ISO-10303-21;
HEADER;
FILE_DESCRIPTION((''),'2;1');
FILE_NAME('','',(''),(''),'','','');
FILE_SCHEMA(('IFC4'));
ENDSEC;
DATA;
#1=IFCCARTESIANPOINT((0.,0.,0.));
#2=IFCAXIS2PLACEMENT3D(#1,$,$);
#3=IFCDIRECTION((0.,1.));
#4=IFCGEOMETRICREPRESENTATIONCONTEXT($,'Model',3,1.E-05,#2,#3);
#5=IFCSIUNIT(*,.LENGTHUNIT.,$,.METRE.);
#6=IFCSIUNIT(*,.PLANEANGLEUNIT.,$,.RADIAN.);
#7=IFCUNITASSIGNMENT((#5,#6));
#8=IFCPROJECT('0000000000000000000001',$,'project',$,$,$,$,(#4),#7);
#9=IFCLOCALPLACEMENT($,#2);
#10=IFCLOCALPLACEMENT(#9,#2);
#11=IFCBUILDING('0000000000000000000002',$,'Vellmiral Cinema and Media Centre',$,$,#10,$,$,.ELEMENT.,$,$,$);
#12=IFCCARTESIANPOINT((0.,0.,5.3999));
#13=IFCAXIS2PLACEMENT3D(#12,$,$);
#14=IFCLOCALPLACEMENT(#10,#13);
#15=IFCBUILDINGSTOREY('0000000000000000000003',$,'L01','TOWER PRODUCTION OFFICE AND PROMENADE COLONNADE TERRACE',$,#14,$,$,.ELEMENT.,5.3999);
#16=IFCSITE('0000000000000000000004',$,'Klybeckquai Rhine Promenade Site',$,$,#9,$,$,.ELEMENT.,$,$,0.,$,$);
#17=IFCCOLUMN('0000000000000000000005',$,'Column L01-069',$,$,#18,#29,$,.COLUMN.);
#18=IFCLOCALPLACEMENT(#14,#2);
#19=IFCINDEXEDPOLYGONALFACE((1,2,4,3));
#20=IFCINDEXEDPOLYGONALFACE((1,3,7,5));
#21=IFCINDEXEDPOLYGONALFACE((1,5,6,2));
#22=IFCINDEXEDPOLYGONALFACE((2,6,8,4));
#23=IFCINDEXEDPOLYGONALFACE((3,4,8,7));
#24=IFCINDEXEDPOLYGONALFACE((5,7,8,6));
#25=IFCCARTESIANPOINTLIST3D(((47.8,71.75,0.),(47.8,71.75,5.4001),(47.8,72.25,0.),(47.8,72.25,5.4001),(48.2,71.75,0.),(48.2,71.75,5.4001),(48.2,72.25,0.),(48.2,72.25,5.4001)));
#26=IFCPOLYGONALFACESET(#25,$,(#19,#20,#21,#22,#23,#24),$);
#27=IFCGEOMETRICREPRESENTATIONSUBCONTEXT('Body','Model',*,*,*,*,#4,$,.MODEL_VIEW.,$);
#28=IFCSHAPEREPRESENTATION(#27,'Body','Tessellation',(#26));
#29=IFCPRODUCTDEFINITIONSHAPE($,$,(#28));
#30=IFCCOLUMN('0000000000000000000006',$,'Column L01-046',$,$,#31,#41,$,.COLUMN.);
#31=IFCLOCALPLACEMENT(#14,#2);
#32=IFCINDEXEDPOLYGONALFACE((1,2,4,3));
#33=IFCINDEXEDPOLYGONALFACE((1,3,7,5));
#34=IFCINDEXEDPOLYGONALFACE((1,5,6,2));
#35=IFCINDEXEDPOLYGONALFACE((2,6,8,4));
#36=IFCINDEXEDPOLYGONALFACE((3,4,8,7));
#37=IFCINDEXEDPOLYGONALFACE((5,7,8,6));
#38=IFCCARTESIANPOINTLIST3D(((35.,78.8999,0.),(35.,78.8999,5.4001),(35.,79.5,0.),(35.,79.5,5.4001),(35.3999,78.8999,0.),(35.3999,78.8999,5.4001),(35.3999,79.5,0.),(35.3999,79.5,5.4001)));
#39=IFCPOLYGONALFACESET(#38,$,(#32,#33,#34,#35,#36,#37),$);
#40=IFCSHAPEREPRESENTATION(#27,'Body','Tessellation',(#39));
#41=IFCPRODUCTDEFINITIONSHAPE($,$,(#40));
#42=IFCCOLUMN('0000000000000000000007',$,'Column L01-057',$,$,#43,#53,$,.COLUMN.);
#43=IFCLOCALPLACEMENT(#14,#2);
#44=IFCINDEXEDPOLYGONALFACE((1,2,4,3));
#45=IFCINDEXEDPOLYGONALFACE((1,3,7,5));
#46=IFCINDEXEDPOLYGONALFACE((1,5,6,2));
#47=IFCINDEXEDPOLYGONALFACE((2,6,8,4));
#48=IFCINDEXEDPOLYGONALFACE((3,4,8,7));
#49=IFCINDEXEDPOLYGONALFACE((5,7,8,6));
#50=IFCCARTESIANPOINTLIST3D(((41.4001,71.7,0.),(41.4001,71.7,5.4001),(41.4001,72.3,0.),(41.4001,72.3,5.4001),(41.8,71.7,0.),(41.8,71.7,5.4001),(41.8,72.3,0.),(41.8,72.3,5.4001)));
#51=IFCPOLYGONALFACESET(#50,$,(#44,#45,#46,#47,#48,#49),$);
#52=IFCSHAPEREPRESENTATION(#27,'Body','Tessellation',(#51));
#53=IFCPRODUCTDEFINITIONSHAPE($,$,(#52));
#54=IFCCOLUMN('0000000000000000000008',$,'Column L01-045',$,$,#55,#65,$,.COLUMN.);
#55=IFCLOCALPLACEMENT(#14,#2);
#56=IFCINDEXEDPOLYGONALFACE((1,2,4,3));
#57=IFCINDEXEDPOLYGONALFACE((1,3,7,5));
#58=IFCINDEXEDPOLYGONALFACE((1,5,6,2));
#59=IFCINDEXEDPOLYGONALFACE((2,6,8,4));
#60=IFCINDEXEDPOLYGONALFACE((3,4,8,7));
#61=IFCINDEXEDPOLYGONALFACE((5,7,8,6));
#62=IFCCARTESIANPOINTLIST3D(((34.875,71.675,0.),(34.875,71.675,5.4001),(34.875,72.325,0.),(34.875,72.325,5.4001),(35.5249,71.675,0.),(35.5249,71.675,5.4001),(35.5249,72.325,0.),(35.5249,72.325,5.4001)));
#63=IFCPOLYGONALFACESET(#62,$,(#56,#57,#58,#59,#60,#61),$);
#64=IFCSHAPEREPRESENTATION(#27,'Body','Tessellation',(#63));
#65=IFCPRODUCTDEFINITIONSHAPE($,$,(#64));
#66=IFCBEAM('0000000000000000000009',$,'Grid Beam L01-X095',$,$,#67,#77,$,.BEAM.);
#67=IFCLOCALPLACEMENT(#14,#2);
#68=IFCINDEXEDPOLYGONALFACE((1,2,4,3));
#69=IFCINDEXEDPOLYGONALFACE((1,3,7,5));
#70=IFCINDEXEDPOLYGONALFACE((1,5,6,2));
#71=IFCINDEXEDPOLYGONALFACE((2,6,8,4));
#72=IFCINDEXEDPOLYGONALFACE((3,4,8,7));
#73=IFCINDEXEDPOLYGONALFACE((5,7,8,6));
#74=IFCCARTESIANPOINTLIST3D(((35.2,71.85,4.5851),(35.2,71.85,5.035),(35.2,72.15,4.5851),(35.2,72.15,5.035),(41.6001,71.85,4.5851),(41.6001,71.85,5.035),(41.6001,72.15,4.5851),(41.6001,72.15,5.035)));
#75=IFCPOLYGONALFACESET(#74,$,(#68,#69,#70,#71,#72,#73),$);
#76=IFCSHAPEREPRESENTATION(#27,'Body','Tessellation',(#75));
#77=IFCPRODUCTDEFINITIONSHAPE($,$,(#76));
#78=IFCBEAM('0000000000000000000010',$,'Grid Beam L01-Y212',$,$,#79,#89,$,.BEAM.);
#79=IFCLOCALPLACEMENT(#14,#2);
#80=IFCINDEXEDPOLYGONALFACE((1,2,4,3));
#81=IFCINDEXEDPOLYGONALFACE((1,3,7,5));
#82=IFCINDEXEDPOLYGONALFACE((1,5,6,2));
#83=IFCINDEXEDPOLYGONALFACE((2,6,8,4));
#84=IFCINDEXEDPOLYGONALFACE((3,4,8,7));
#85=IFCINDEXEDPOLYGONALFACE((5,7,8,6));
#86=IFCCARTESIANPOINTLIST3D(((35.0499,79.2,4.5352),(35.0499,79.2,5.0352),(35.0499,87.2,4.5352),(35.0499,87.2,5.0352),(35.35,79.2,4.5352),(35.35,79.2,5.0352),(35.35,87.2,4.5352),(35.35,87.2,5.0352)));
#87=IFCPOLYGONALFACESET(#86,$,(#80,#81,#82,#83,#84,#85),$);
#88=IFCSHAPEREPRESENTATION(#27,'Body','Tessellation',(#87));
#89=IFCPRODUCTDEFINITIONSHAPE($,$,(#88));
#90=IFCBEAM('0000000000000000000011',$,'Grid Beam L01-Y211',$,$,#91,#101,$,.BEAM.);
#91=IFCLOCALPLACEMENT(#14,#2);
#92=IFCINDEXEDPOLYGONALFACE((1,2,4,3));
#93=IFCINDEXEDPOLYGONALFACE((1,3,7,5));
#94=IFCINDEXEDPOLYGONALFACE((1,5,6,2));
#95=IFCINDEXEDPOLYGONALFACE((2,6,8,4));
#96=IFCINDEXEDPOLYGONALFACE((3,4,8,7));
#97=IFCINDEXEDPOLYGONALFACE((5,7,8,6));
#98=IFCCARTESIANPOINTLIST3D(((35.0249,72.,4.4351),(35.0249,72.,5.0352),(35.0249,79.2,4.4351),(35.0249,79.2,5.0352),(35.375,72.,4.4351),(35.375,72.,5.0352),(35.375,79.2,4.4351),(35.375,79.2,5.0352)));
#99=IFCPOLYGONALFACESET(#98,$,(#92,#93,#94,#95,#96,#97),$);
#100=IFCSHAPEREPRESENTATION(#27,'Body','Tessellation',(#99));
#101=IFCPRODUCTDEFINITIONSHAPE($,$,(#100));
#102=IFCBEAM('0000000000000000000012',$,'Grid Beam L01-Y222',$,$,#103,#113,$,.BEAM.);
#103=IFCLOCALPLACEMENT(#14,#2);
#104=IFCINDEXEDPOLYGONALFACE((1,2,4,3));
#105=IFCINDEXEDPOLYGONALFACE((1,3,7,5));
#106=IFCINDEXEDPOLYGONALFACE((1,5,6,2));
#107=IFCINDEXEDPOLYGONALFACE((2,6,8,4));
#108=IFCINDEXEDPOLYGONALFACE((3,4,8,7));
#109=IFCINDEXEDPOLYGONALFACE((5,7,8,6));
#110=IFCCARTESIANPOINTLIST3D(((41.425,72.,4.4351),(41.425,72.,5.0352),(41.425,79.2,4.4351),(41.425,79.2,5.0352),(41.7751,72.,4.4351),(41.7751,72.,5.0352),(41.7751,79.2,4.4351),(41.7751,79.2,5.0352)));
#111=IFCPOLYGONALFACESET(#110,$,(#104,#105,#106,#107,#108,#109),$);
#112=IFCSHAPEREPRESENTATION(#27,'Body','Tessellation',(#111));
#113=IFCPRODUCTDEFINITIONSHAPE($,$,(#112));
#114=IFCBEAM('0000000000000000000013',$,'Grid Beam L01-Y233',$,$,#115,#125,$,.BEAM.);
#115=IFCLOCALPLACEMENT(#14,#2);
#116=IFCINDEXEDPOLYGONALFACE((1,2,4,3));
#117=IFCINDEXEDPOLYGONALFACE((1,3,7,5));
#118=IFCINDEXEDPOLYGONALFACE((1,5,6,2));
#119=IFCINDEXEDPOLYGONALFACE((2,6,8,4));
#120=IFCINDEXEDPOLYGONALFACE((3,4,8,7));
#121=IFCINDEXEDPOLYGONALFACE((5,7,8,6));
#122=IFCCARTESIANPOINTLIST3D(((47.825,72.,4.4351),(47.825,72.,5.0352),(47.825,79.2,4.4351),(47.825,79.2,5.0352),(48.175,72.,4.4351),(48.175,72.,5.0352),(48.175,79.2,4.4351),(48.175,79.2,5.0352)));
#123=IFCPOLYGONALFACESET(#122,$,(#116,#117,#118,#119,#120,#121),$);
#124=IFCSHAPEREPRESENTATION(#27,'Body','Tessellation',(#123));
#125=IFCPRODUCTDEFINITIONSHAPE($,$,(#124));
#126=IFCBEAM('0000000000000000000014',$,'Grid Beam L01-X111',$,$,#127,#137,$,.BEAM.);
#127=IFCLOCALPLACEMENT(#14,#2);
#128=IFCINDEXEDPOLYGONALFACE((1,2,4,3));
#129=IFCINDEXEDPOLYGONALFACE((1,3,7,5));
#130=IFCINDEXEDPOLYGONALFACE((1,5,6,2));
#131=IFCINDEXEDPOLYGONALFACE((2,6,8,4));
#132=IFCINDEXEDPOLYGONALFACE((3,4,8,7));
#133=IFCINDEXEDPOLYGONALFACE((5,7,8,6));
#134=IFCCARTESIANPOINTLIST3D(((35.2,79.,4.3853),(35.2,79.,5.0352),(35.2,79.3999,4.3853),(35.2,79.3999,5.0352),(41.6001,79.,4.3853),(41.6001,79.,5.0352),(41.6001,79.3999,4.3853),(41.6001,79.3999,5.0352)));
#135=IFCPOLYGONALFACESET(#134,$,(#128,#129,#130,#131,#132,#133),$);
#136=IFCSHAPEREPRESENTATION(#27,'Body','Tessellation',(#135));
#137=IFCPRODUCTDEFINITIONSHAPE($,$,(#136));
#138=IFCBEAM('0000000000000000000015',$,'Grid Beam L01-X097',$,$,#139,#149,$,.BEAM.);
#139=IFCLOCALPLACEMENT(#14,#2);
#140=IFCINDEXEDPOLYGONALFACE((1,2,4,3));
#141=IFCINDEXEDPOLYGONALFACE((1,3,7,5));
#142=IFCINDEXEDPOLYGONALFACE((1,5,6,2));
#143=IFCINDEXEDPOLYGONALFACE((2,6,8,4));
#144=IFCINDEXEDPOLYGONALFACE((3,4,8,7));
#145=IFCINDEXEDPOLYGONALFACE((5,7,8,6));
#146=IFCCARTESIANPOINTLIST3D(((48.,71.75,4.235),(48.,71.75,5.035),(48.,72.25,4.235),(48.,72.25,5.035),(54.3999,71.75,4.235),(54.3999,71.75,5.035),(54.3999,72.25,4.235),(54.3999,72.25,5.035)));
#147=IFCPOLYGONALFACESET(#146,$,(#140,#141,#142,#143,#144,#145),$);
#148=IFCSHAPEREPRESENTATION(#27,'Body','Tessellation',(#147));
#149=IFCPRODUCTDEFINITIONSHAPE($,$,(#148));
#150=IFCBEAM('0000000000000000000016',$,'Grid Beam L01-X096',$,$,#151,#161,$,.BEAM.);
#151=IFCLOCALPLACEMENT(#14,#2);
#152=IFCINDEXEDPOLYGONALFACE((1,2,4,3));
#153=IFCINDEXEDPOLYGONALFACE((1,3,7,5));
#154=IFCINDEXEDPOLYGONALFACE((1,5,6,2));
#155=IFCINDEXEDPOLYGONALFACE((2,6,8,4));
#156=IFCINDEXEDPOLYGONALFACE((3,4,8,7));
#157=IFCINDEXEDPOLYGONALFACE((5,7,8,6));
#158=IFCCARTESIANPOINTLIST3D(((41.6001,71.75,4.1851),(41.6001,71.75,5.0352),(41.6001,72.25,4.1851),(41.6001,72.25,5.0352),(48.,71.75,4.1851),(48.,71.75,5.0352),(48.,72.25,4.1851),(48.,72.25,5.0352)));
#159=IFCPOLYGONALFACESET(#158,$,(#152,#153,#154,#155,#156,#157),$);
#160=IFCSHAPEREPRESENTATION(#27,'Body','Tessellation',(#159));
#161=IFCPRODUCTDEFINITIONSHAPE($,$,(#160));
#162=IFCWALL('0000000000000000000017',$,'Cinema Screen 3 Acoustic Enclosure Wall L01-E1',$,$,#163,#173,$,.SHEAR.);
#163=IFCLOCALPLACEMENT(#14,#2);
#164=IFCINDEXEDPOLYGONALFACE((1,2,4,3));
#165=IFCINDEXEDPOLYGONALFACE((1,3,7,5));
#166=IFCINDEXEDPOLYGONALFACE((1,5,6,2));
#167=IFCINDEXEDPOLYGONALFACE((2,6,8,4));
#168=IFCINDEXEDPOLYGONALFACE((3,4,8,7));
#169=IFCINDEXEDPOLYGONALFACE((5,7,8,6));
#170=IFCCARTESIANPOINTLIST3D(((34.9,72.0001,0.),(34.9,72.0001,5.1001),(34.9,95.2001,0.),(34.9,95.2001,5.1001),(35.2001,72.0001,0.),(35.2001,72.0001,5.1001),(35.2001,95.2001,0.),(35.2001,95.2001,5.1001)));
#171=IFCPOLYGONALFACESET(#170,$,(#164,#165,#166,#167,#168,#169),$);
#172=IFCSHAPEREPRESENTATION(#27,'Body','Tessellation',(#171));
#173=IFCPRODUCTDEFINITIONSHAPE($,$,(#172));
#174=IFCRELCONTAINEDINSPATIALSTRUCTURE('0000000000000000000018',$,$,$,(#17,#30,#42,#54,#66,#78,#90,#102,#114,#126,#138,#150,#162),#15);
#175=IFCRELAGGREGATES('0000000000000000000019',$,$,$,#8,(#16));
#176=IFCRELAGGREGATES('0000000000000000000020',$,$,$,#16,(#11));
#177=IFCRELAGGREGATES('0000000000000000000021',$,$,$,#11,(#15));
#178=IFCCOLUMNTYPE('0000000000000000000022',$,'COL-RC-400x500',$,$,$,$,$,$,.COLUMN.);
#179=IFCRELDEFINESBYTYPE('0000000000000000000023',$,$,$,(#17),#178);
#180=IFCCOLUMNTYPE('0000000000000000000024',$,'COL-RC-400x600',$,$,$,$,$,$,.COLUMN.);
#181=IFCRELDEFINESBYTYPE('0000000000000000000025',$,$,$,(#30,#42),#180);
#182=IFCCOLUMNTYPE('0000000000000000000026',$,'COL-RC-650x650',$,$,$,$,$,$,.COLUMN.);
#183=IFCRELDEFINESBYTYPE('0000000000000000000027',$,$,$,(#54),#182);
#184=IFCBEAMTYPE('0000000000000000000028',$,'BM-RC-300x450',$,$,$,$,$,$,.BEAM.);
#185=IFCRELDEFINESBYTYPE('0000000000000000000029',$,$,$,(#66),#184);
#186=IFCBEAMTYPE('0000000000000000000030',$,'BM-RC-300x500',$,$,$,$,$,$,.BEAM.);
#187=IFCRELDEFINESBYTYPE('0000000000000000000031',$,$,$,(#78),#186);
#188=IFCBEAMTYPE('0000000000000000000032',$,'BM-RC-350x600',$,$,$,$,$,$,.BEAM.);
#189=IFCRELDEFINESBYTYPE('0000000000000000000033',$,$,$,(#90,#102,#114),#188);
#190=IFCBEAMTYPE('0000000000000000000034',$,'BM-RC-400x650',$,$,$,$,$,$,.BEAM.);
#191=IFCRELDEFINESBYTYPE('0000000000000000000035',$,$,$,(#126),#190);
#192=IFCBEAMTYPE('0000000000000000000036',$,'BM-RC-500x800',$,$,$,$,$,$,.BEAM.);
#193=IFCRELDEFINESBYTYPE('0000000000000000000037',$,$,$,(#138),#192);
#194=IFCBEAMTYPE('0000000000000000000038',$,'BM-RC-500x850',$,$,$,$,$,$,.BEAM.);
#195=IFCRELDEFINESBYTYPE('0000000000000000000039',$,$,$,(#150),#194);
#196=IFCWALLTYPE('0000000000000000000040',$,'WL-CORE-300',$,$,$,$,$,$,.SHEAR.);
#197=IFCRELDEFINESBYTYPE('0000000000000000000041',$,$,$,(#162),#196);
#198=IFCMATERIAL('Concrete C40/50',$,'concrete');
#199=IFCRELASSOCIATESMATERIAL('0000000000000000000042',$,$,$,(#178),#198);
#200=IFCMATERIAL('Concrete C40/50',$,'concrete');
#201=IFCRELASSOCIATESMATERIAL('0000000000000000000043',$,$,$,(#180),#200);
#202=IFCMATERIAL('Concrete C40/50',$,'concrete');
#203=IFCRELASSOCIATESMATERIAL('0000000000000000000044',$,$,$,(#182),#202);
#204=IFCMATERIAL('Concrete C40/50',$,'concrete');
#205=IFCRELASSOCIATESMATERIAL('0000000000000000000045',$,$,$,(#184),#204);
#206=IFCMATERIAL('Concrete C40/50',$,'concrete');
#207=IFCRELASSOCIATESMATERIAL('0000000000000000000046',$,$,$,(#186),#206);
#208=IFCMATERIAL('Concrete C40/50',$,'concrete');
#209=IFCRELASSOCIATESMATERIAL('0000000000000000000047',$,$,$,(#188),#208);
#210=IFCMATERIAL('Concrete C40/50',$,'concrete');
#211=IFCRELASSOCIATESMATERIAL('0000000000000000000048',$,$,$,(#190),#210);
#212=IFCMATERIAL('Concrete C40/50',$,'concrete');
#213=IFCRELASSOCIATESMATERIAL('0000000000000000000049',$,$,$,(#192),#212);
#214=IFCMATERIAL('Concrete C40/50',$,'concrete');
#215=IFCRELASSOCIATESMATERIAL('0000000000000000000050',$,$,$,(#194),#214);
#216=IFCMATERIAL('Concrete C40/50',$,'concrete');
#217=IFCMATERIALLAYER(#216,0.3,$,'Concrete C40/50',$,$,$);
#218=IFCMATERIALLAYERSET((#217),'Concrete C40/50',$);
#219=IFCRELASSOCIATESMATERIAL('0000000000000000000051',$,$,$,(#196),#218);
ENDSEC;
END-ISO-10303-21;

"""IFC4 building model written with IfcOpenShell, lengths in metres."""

from ifc_helpers import new_model, si_unit, direction, frame, frame_2d, origin, origin_2d, place, context, subcontext, project, spatial, rectangle, extrude, material, layer, layer_set, material_profile, profile_set, type_object, element, save


model = new_model("IFC4")

# Units and contexts
model_context = context("Model", 3, precision=1e-05, world=origin(), true_north=direction((0.0, 1.0)))
body_context = subcontext(model_context, "Body", "Model", "MODEL_VIEW")
ifc_project = project(units=[si_unit("LENGTHUNIT", "METRE"), si_unit("PLANEANGLEUNIT", "RADIAN")], contexts=[model_context])

# Site, building, storey
site_placement = place(None, origin())
site = spatial("IfcSite", under=ifc_project, at=site_placement, Name="Klybeckquai Rhine Promenade Site", CompositionType="ELEMENT", RefElevation=0.0)
building_placement = place(site_placement, origin())
building = spatial("IfcBuilding", under=site, at=building_placement, Name="Vellmiral Cinema and Media Centre", CompositionType="ELEMENT")
storey_placement = place(building_placement, frame((0.0, 0.0, 5.3999)))
storey = spatial("IfcBuildingStorey", under=building, at=storey_placement, Name="L01", Description="TOWER PRODUCTION OFFICE AND PROMENADE COLONNADE TERRACE", CompositionType="ELEMENT", Elevation=5.3999)

# Columns
ifc_material_1 = material(Name="Concrete C40/50", Category="concrete")
ifc_material_profile_1 = material_profile(ifc_material_1, rectangle(XDim=0.3999, YDim=0.5, at=origin_2d()), Name="RC 400x500")
ifc_profile_set_1 = profile_set([ifc_material_profile_1], Name="Concrete C40/50")
column_type_1 = type_object("IfcColumnType", Name="COL-RC-400x500", PredefinedType="COLUMN", material=ifc_profile_set_1)
column_1_placement = place(storey_placement, frame((48.0, 72.0, 0.0), z_axis=(0.0, 0.0, 1.0), x_axis=(1.0, 0.0, 0.0)))
element("IfcColumn", 1, at=column_1_placement, inside=storey, type_object=column_type_1, Name="Column L01-069", PredefinedType="COLUMN", context=body_context, shape_type="SweptSolid", body=[
    extrude(rectangle(XDim=0.3999, YDim=0.5, at=origin_2d()), origin(), (0.0, 0.0, 1.0), 5.4001),
])
ifc_material_2 = material(Name="Concrete C40/50", Category="concrete")
ifc_material_profile_2 = material_profile(ifc_material_2, rectangle(XDim=0.3999, YDim=0.6001, at=origin_2d()), Name="RC 400x600")
ifc_profile_set_2 = profile_set([ifc_material_profile_2], Name="Concrete C40/50")
column_type_2 = type_object("IfcColumnType", Name="COL-RC-400x600", PredefinedType="COLUMN", material=ifc_profile_set_2)
for number, where, z_axis, x_axis, name in (
    (2, (35.2, 79.2, 0.0), (0.0, 0.0, 1.0), (1.0, 0.0, 0.0), "Column L01-046"),
    (3, (41.6001, 72.0, 0.0), (0.0, 0.0, 1.0), (1.0, 0.0, 0.0), "Column L01-057"),
):
    element("IfcColumn", number, at=place(storey_placement, frame(where, z_axis=z_axis, x_axis=x_axis)), inside=storey, type_object=column_type_2, Name=name, PredefinedType="COLUMN", context=body_context, shape_type="SweptSolid", body=[
        extrude(rectangle(XDim=0.3999, YDim=0.6001, at=origin_2d()), origin(), (0.0, 0.0, 1.0), 5.4001),
    ])
ifc_material_3 = material(Name="Concrete C40/50", Category="concrete")
ifc_material_profile_3 = material_profile(ifc_material_3, rectangle(XDim=0.6499, YDim=0.6499, at=origin_2d()), Name="RC 650x650")
ifc_profile_set_3 = profile_set([ifc_material_profile_3], Name="Concrete C40/50")
column_type_3 = type_object("IfcColumnType", Name="COL-RC-650x650", PredefinedType="COLUMN", material=ifc_profile_set_3)
column_2_placement = place(storey_placement, frame((35.2, 72.0, 0.0), z_axis=(0.0, 0.0, 1.0), x_axis=(1.0, 0.0, 0.0)))
element("IfcColumn", 4, at=column_2_placement, inside=storey, type_object=column_type_3, Name="Column L01-045", PredefinedType="COLUMN", context=body_context, shape_type="SweptSolid", body=[
    extrude(rectangle(XDim=0.6499, YDim=0.6499, at=origin_2d()), origin(), (0.0, 0.0, 1.0), 5.4001),
])

# Beams
ifc_material_4 = material(Name="Concrete C40/50", Category="concrete")
ifc_material_profile_4 = material_profile(ifc_material_4, rectangle(XDim=0.3, YDim=0.45, at=origin_2d()), Name="RC 300x450")
ifc_profile_set_4 = profile_set([ifc_material_profile_4], Name="Concrete C40/50")
beam_type_1 = type_object("IfcBeamType", Name="BM-RC-300x450", PredefinedType="BEAM", material=ifc_profile_set_4)
beam_1_placement = place(storey_placement, frame((35.2, 72.0, 4.8101), z_axis=(1.0, 0.0, 0.0), x_axis=(0.0, 1.0, 0.0)))
element("IfcBeam", 5, at=beam_1_placement, inside=storey, type_object=beam_type_1, Name="Grid Beam L01-X095", PredefinedType="BEAM", context=body_context, shape_type="SweptSolid", body=[
    extrude(rectangle(XDim=0.3, YDim=0.45, at=origin_2d()), origin(), (0.0, 0.0, 1.0), 6.4001),
])
ifc_material_5 = material(Name="Concrete C40/50", Category="concrete")
ifc_material_profile_5 = material_profile(ifc_material_5, rectangle(XDim=0.3, YDim=0.5, at=origin_2d()), Name="RC 300x500")
ifc_profile_set_5 = profile_set([ifc_material_profile_5], Name="Concrete C40/50")
beam_type_2 = type_object("IfcBeamType", Name="BM-RC-300x500", PredefinedType="BEAM", material=ifc_profile_set_5)
beam_2_placement = place(storey_placement, frame((35.2, 79.2, 4.7852), z_axis=(0.0, 1.0, 0.0), x_axis=(-1.0, 0.0, 0.0)))
element("IfcBeam", 6, at=beam_2_placement, inside=storey, type_object=beam_type_2, Name="Grid Beam L01-Y212", PredefinedType="BEAM", context=body_context, shape_type="SweptSolid", body=[
    extrude(rectangle(XDim=0.3, YDim=0.5, at=origin_2d()), origin(), (0.0, 0.0, 1.0), 8.0),
])
ifc_material_6 = material(Name="Concrete C40/50", Category="concrete")
ifc_material_profile_6 = material_profile(ifc_material_6, rectangle(XDim=0.3501, YDim=0.6001, at=origin_2d()), Name="RC 350x600")
ifc_profile_set_6 = profile_set([ifc_material_profile_6], Name="Concrete C40/50")
beam_type_3 = type_object("IfcBeamType", Name="BM-RC-350x600", PredefinedType="BEAM", material=ifc_profile_set_6)
for number, where, z_axis, x_axis, name in (
    (7, (35.2, 72.0, 4.7351), (0.0, 1.0, 0.0), (-1.0, 0.0, 0.0), "Grid Beam L01-Y211"),
    (8, (41.6001, 72.0, 4.7351), (0.0, 1.0, 0.0), (-1.0, 0.0, 0.0), "Grid Beam L01-Y222"),
    (9, (48.0, 72.0, 4.7351), (0.0, 1.0, 0.0), (-1.0, 0.0, 0.0), "Grid Beam L01-Y233"),
):
    element("IfcBeam", number, at=place(storey_placement, frame(where, z_axis=z_axis, x_axis=x_axis)), inside=storey, type_object=beam_type_3, Name=name, PredefinedType="BEAM", context=body_context, shape_type="SweptSolid", body=[
        extrude(rectangle(XDim=0.3501, YDim=0.6001, at=origin_2d()), origin(), (0.0, 0.0, 1.0), 7.2),
    ])
ifc_material_7 = material(Name="Concrete C40/50", Category="concrete")
ifc_material_profile_7 = material_profile(ifc_material_7, rectangle(XDim=0.3999, YDim=0.6499, at=origin_2d()), Name="RC 400x650")
ifc_profile_set_7 = profile_set([ifc_material_profile_7], Name="Concrete C40/50")
beam_type_4 = type_object("IfcBeamType", Name="BM-RC-400x650", PredefinedType="BEAM", material=ifc_profile_set_7)
beam_3_placement = place(storey_placement, frame((35.2, 79.2, 4.7102), z_axis=(1.0, 0.0, 0.0), x_axis=(0.0, 1.0, 0.0)))
element("IfcBeam", 10, at=beam_3_placement, inside=storey, type_object=beam_type_4, Name="Grid Beam L01-X111", PredefinedType="BEAM", context=body_context, shape_type="SweptSolid", body=[
    extrude(rectangle(XDim=0.3999, YDim=0.6499, at=origin_2d()), origin(), (0.0, 0.0, 1.0), 6.4001),
])
ifc_material_8 = material(Name="Concrete C40/50", Category="concrete")
ifc_material_profile_8 = material_profile(ifc_material_8, rectangle(XDim=0.5, YDim=0.8, at=origin_2d()), Name="RC 500x800")
ifc_profile_set_8 = profile_set([ifc_material_profile_8], Name="Concrete C40/50")
beam_type_5 = type_object("IfcBeamType", Name="BM-RC-500x800", PredefinedType="BEAM", material=ifc_profile_set_8)
beam_4_placement = place(storey_placement, frame((48.0, 72.0, 4.635), z_axis=(1.0, 0.0, 0.0), x_axis=(0.0, 1.0, 0.0)))
element("IfcBeam", 11, at=beam_4_placement, inside=storey, type_object=beam_type_5, Name="Grid Beam L01-X097", PredefinedType="BEAM", context=body_context, shape_type="SweptSolid", body=[
    extrude(rectangle(XDim=0.5, YDim=0.8, at=origin_2d()), origin(), (0.0, 0.0, 1.0), 6.3999),
])
ifc_material_9 = material(Name="Concrete C40/50", Category="concrete")
ifc_material_profile_9 = material_profile(ifc_material_9, rectangle(XDim=0.5, YDim=0.8501, at=origin_2d()), Name="RC 500x850")
ifc_profile_set_9 = profile_set([ifc_material_profile_9], Name="Concrete C40/50")
beam_type_6 = type_object("IfcBeamType", Name="BM-RC-500x850", PredefinedType="BEAM", material=ifc_profile_set_9)
beam_5_placement = place(storey_placement, frame((41.6001, 72.0, 4.6101), z_axis=(1.0, 0.0, 0.0), x_axis=(0.0, 1.0, 0.0)))
element("IfcBeam", 12, at=beam_5_placement, inside=storey, type_object=beam_type_6, Name="Grid Beam L01-X096", PredefinedType="BEAM", context=body_context, shape_type="SweptSolid", body=[
    extrude(rectangle(XDim=0.5, YDim=0.8501, at=origin_2d()), origin(), (0.0, 0.0, 1.0), 6.3999),
])

# Wall
ifc_material_10 = material(Name="Concrete C40/50", Category="concrete")
ifc_layer_1 = layer(ifc_material_10, 0.3, Name="Concrete C40/50")
ifc_layer_set_1 = layer_set([ifc_layer_1], Name="Concrete C40/50")
wall_type_1 = type_object("IfcWallType", Name="WL-CORE-300", PredefinedType="SHEAR", material=ifc_layer_set_1)
wall_1_placement = place(storey_placement, frame((35.05, 72.0, 0.0), z_axis=(0.0, 0.0, 1.0), x_axis=(0.0, 1.0, 0.0)))
element("IfcWall", 13, at=wall_1_placement, inside=storey, type_object=wall_type_1, Name="Cinema Screen 3 Acoustic Enclosure Wall L01-E1", PredefinedType="SHEAR", context=body_context, shape_type="SweptSolid", body=[
    extrude(rectangle(XDim=23.2, YDim=0.3, at=frame_2d((11.6001, 0.0))), origin(), (0.0, 0.0, 1.0), 5.1001),
])

save(model, "model.ifc")
